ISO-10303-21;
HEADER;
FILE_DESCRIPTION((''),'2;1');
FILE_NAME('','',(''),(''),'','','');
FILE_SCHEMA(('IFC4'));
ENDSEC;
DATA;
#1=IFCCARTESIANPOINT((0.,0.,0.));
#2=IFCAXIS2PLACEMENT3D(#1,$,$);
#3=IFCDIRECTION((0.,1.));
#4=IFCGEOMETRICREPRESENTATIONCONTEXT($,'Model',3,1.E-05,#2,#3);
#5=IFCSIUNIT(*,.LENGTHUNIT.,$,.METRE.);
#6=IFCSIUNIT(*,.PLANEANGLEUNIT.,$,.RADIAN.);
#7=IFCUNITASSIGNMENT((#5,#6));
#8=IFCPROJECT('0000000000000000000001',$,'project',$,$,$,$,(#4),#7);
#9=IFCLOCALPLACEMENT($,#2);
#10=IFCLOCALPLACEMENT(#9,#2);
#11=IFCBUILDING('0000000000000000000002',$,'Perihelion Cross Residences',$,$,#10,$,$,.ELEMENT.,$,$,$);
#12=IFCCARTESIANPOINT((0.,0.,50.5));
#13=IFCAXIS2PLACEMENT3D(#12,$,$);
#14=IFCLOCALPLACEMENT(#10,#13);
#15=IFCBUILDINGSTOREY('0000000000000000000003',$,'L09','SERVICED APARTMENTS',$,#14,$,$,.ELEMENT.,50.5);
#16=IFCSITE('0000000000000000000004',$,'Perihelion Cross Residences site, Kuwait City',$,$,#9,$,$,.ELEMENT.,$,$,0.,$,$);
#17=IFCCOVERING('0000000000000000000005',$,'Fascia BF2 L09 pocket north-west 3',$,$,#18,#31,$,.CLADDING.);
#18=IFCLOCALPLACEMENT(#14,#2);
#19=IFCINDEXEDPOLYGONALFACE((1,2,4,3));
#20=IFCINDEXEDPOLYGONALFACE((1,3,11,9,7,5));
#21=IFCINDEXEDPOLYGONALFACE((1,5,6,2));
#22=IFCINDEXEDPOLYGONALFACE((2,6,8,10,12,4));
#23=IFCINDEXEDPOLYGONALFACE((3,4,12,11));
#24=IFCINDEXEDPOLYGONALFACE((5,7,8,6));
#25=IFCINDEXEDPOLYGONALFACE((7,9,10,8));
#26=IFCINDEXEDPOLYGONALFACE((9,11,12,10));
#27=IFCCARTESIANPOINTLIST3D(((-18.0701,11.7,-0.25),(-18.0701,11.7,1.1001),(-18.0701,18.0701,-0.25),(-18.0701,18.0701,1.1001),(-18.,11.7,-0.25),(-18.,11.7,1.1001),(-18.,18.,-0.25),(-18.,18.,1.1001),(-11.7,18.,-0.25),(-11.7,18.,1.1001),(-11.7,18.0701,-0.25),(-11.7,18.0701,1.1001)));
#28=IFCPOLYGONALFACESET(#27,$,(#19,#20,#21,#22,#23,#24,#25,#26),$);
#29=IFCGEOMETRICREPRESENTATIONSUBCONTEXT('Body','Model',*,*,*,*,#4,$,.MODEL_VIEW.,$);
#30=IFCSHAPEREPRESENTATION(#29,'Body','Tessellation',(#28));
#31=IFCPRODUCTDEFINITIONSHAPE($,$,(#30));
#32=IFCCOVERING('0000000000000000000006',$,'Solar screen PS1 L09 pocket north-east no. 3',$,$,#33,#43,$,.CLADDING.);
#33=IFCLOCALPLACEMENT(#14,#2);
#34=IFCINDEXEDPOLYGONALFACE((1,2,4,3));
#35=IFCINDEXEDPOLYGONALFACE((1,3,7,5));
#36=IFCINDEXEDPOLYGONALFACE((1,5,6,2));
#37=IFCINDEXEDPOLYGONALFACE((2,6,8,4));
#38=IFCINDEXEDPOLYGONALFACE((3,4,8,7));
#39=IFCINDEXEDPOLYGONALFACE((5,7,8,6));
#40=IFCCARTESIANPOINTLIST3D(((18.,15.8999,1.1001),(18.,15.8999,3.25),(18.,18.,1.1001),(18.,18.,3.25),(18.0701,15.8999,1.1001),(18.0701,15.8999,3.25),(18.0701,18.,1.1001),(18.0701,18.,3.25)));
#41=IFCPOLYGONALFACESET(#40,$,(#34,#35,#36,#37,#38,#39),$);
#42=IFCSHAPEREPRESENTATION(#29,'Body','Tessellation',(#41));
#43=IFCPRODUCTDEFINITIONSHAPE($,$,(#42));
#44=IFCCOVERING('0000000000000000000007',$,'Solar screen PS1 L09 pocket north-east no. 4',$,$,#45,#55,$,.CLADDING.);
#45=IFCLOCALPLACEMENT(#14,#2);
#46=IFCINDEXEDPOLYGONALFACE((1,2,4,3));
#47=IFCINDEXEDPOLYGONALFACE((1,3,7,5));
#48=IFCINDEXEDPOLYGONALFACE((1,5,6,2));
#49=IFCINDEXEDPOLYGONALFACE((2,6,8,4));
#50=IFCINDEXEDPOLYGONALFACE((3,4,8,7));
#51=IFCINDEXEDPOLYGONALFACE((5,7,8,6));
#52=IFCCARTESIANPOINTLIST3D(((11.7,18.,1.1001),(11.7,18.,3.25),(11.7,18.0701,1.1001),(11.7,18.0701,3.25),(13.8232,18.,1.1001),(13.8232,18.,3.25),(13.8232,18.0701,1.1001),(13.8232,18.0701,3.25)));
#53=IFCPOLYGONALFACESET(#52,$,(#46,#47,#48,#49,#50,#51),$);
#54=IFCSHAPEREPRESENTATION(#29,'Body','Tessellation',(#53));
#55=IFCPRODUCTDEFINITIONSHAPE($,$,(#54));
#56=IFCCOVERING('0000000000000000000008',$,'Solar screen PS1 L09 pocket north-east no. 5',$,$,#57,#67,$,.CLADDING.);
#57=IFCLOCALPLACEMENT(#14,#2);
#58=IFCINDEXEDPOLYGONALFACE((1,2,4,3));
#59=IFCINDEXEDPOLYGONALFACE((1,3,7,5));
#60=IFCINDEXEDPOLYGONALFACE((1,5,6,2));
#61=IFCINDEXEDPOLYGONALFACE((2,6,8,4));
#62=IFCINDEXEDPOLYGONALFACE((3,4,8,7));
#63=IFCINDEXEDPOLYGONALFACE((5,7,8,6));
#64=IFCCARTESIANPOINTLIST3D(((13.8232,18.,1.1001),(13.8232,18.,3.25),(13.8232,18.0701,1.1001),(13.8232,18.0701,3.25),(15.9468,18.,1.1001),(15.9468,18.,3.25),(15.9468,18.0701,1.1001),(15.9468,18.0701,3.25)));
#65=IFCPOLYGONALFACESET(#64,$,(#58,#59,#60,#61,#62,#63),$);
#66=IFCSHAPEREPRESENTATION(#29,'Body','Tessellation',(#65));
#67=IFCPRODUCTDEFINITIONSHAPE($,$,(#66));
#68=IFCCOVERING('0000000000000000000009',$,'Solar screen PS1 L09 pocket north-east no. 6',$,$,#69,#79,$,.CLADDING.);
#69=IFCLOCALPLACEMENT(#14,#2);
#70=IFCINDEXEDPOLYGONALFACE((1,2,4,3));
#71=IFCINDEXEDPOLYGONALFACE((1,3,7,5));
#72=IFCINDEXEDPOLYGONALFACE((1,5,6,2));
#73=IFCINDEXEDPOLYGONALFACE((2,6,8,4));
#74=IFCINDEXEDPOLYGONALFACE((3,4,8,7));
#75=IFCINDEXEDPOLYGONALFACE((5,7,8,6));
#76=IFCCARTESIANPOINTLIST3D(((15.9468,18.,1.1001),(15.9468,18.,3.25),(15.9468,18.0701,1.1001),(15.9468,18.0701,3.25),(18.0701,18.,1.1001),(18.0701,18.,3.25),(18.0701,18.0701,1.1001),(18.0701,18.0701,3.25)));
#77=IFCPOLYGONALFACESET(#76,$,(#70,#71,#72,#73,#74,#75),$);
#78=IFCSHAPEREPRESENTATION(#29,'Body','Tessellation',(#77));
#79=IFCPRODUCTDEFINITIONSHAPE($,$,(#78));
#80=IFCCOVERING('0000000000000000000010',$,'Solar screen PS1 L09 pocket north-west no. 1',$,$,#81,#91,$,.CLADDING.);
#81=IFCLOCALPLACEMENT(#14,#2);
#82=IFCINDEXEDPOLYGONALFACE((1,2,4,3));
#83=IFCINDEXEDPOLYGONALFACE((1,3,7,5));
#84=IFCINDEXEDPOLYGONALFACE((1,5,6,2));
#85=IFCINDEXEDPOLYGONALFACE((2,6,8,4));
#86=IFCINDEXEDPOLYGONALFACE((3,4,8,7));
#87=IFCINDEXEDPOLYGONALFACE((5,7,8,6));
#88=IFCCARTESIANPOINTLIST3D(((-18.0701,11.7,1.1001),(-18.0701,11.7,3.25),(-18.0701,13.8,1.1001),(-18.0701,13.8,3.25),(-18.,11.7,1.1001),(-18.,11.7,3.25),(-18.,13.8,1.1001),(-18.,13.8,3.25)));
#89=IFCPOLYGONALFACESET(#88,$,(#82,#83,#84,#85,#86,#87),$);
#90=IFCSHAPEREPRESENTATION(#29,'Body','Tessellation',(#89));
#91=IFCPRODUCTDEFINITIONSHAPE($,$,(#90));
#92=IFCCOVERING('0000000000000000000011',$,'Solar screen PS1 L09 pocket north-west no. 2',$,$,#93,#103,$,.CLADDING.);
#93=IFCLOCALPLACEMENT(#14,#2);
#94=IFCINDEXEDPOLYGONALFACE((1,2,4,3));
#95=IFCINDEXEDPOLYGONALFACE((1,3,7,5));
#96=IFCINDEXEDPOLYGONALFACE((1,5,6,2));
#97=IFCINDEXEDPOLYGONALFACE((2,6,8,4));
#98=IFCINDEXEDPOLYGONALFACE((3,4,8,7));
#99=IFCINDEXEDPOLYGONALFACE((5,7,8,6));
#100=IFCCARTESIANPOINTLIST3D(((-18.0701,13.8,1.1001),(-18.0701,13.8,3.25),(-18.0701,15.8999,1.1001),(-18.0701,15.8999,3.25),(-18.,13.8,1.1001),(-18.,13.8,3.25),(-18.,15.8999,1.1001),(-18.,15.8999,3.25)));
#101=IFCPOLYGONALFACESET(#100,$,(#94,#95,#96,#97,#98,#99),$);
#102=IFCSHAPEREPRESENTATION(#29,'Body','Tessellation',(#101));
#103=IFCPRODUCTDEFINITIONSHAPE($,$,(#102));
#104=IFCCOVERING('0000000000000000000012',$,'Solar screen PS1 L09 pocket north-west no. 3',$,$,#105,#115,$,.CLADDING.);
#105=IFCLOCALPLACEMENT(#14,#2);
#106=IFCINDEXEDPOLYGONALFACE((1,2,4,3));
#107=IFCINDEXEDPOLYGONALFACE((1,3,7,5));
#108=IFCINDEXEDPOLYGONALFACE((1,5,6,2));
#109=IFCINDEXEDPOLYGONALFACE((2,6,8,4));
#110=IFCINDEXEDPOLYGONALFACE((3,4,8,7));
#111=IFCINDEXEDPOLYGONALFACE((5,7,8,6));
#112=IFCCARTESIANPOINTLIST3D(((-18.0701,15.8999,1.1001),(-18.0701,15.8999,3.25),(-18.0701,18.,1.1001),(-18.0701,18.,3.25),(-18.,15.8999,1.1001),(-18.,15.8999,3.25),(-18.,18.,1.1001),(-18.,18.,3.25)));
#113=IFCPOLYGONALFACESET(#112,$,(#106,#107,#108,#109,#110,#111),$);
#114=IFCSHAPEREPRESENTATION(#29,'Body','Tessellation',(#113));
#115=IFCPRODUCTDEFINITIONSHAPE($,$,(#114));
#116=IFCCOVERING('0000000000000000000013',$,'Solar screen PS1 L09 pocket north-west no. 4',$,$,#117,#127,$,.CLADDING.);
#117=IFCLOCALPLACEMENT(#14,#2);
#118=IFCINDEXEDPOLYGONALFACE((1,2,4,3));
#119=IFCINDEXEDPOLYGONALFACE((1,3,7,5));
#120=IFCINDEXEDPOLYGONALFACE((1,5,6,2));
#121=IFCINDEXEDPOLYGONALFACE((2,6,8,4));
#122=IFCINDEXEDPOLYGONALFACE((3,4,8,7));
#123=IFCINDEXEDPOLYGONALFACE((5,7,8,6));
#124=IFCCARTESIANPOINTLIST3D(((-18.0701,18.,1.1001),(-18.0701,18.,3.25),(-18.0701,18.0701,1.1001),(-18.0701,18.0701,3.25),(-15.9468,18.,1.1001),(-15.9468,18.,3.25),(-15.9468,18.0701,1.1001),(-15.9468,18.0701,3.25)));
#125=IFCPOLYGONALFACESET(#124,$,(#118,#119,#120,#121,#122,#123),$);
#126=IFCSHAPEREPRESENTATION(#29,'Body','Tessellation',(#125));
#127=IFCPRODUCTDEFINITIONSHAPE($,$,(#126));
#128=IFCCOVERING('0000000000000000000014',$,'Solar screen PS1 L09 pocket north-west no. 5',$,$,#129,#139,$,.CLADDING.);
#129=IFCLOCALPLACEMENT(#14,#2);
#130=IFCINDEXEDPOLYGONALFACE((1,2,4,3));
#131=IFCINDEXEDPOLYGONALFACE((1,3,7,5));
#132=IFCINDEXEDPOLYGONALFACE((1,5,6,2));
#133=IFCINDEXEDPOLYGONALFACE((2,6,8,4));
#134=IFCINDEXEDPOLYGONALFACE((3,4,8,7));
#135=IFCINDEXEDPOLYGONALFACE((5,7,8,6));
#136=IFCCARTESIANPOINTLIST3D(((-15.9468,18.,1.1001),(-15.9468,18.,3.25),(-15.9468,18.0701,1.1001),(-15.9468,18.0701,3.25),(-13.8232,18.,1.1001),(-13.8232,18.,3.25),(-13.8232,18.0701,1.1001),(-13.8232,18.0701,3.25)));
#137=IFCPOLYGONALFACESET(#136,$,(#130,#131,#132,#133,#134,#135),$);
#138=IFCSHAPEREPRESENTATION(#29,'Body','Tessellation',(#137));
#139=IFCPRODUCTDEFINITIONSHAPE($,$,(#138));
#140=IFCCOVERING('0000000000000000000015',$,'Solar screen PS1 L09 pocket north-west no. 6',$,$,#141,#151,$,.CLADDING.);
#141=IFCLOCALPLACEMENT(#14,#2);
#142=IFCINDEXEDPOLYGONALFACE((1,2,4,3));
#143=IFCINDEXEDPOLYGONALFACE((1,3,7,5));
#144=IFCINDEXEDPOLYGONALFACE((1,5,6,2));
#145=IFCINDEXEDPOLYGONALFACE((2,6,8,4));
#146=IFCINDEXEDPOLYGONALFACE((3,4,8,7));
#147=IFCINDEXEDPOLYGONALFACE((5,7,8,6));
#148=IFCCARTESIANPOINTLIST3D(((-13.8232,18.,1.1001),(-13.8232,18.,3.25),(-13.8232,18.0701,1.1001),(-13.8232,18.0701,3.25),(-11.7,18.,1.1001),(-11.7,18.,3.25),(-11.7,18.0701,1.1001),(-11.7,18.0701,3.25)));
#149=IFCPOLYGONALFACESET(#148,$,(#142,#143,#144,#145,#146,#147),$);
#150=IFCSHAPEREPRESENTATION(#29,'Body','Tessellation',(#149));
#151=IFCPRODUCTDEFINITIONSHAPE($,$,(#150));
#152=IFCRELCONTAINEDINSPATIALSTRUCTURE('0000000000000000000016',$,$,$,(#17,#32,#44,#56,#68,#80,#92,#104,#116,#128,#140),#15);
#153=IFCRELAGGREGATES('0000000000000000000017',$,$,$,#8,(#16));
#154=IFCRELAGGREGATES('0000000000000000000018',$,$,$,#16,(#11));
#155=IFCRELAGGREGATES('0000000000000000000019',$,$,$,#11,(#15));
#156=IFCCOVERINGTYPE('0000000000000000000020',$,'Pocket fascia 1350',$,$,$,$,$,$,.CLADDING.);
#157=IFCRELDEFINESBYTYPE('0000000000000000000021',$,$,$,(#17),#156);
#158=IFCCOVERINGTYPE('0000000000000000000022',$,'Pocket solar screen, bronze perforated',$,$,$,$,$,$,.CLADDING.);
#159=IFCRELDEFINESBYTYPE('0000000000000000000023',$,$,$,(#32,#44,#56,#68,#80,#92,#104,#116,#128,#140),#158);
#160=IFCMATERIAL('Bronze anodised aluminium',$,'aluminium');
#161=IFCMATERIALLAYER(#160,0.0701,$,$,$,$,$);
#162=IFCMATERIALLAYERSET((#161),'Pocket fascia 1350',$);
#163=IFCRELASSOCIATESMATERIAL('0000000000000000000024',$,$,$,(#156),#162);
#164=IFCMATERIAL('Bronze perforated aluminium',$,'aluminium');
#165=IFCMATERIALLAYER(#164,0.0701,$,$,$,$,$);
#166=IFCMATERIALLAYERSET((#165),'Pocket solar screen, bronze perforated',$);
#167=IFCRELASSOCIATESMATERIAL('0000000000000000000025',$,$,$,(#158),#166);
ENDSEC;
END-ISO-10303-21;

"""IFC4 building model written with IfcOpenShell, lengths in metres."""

from ifc_helpers import new_model, si_unit, direction, frame, origin, place, context, subcontext, project, spatial, polyline, outline, extrude, material, layer, layer_set, type_object, element, save


model = new_model("IFC4")

# Units and contexts
model_context = context("Model", 3, precision=1e-05, world=origin(), true_north=direction((0.0, 1.0)))
body_context = subcontext(model_context, "Body", "Model", "MODEL_VIEW")
ifc_project = project(units=[si_unit("LENGTHUNIT", "METRE"), si_unit("PLANEANGLEUNIT", "RADIAN")], contexts=[model_context])

# Site, building, storey
site_placement = place(None, origin())
site = spatial("IfcSite", under=ifc_project, at=site_placement, Name="Perihelion Cross Residences site, Kuwait City", CompositionType="ELEMENT", RefElevation=0.0)
building_placement = place(site_placement, origin())
building = spatial("IfcBuilding", under=site, at=building_placement, Name="Perihelion Cross Residences", CompositionType="ELEMENT")
storey_placement = place(building_placement, frame((0.0, 0.0, 50.5)))
storey = spatial("IfcBuildingStorey", under=building, at=storey_placement, Name="L09", Description="SERVICED APARTMENTS", CompositionType="ELEMENT", Elevation=50.5)

# Coverings
ifc_material_1 = material(Name="Bronze anodised aluminium", Category="aluminium")
ifc_layer_1 = layer(ifc_material_1, 0.0701)
ifc_layer_set_1 = layer_set([ifc_layer_1], Name="Pocket fascia 1350")
covering_type_1 = type_object("IfcCoveringType", Name="Pocket fascia 1350", PredefinedType="CLADDING", material=ifc_layer_set_1)
covering_1_placement = place(storey_placement, frame((0.0, 0.0, -0.25)))
element("IfcCovering", 1, at=covering_1_placement, inside=storey, type_object=covering_type_1, Name="Fascia BF2 L09 pocket north-west 3", PredefinedType="CLADDING", context=body_context, shape_type="SweptSolid", body=[
    extrude(outline(polyline([(-18.0701, 18.0701), (-18.0701, 11.7), (-18.0, 11.7), (-18.0, 18.0), (-11.7, 18.0), (-11.7, 18.0701), (-18.0701, 18.0701)])), origin(), (0.0, 0.0, 1.0), 1.3501),
])
ifc_material_2 = material(Name="Bronze perforated aluminium", Category="aluminium")
ifc_layer_2 = layer(ifc_material_2, 0.0701)
ifc_layer_set_2 = layer_set([ifc_layer_2], Name="Pocket solar screen, bronze perforated")
covering_type_2 = type_object("IfcCoveringType", Name="Pocket solar screen, bronze perforated", PredefinedType="CLADDING", material=ifc_layer_set_2)
covering_2_placement = place(storey_placement, frame((0.0, 0.0, 1.1001)))
element("IfcCovering", 2, at=covering_2_placement, inside=storey, type_object=covering_type_2, Name="Solar screen PS1 L09 pocket north-east no. 3", PredefinedType="CLADDING", context=body_context, shape_type="SweptSolid", body=[
    extrude(outline(polyline([(18.0701, 15.8999), (18.0701, 18.0), (18.0, 18.0), (18.0, 15.8999), (18.0701, 15.8999)])), origin(), (0.0, 0.0, 1.0), 2.1499),
])
covering_3_placement = place(storey_placement, frame((0.0, 0.0, 1.1001)))
element("IfcCovering", 3, at=covering_3_placement, inside=storey, type_object=covering_type_2, Name="Solar screen PS1 L09 pocket north-east no. 4", PredefinedType="CLADDING", context=body_context, shape_type="SweptSolid", body=[
    extrude(outline(polyline([(13.8232, 18.0), (13.8232, 18.0701), (11.7, 18.0701), (11.7, 18.0), (13.8232, 18.0)])), origin(), (0.0, 0.0, 1.0), 2.1499),
])
covering_4_placement = place(storey_placement, frame((0.0, 0.0, 1.1001)))
element("IfcCovering", 4, at=covering_4_placement, inside=storey, type_object=covering_type_2, Name="Solar screen PS1 L09 pocket north-east no. 5", PredefinedType="CLADDING", context=body_context, shape_type="SweptSolid", body=[
    extrude(outline(polyline([(15.9468, 18.0), (15.9468, 18.0701), (13.8232, 18.0701), (13.8232, 18.0), (15.9468, 18.0)])), origin(), (0.0, 0.0, 1.0), 2.1499),
])
covering_5_placement = place(storey_placement, frame((0.0, 0.0, 1.1001)))
element("IfcCovering", 5, at=covering_5_placement, inside=storey, type_object=covering_type_2, Name="Solar screen PS1 L09 pocket north-east no. 6", PredefinedType="CLADDING", context=body_context, shape_type="SweptSolid", body=[
    extrude(outline(polyline([(18.0701, 18.0), (18.0701, 18.0701), (15.9468, 18.0701), (15.9468, 18.0), (18.0701, 18.0)])), origin(), (0.0, 0.0, 1.0), 2.1499),
])
covering_6_placement = place(storey_placement, frame((0.0, 0.0, 1.1001)))
element("IfcCovering", 6, at=covering_6_placement, inside=storey, type_object=covering_type_2, Name="Solar screen PS1 L09 pocket north-west no. 1", PredefinedType="CLADDING", context=body_context, shape_type="SweptSolid", body=[
    extrude(outline(polyline([(-18.0, 11.7), (-18.0, 13.8), (-18.0701, 13.8), (-18.0701, 11.7), (-18.0, 11.7)])), origin(), (0.0, 0.0, 1.0), 2.1499),
])
covering_7_placement = place(storey_placement, frame((0.0, 0.0, 1.1001)))
element("IfcCovering", 7, at=covering_7_placement, inside=storey, type_object=covering_type_2, Name="Solar screen PS1 L09 pocket north-west no. 2", PredefinedType="CLADDING", context=body_context, shape_type="SweptSolid", body=[
    extrude(outline(polyline([(-18.0, 13.8), (-18.0, 15.8999), (-18.0701, 15.8999), (-18.0701, 13.8), (-18.0, 13.8)])), origin(), (0.0, 0.0, 1.0), 2.1499),
])
covering_8_placement = place(storey_placement, frame((0.0, 0.0, 1.1001)))
element("IfcCovering", 8, at=covering_8_placement, inside=storey, type_object=covering_type_2, Name="Solar screen PS1 L09 pocket north-west no. 3", PredefinedType="CLADDING", context=body_context, shape_type="SweptSolid", body=[
    extrude(outline(polyline([(-18.0, 15.8999), (-18.0, 18.0), (-18.0701, 18.0), (-18.0701, 15.8999), (-18.0, 15.8999)])), origin(), (0.0, 0.0, 1.0), 2.1499),
])
covering_9_placement = place(storey_placement, frame((0.0, 0.0, 1.1001)))
element("IfcCovering", 9, at=covering_9_placement, inside=storey, type_object=covering_type_2, Name="Solar screen PS1 L09 pocket north-west no. 4", PredefinedType="CLADDING", context=body_context, shape_type="SweptSolid", body=[
    extrude(outline(polyline([(-15.9468, 18.0), (-15.9468, 18.0701), (-18.0701, 18.0701), (-18.0701, 18.0), (-15.9468, 18.0)])), origin(), (0.0, 0.0, 1.0), 2.1499),
])
covering_10_placement = place(storey_placement, frame((0.0, 0.0, 1.1001)))
element("IfcCovering", 10, at=covering_10_placement, inside=storey, type_object=covering_type_2, Name="Solar screen PS1 L09 pocket north-west no. 5", PredefinedType="CLADDING", context=body_context, shape_type="SweptSolid", body=[
    extrude(outline(polyline([(-13.8232, 18.0), (-13.8232, 18.0701), (-15.9468, 18.0701), (-15.9468, 18.0), (-13.8232, 18.0)])), origin(), (0.0, 0.0, 1.0), 2.1499),
])
covering_11_placement = place(storey_placement, frame((0.0, 0.0, 1.1001)))
element("IfcCovering", 11, at=covering_11_placement, inside=storey, type_object=covering_type_2, Name="Solar screen PS1 L09 pocket north-west no. 6", PredefinedType="CLADDING", context=body_context, shape_type="SweptSolid", body=[
    extrude(outline(polyline([(-11.7, 18.0), (-11.7, 18.0701), (-13.8232, 18.0701), (-13.8232, 18.0), (-11.7, 18.0)])), origin(), (0.0, 0.0, 1.0), 2.1499),
])

save(model, "model.ifc")
